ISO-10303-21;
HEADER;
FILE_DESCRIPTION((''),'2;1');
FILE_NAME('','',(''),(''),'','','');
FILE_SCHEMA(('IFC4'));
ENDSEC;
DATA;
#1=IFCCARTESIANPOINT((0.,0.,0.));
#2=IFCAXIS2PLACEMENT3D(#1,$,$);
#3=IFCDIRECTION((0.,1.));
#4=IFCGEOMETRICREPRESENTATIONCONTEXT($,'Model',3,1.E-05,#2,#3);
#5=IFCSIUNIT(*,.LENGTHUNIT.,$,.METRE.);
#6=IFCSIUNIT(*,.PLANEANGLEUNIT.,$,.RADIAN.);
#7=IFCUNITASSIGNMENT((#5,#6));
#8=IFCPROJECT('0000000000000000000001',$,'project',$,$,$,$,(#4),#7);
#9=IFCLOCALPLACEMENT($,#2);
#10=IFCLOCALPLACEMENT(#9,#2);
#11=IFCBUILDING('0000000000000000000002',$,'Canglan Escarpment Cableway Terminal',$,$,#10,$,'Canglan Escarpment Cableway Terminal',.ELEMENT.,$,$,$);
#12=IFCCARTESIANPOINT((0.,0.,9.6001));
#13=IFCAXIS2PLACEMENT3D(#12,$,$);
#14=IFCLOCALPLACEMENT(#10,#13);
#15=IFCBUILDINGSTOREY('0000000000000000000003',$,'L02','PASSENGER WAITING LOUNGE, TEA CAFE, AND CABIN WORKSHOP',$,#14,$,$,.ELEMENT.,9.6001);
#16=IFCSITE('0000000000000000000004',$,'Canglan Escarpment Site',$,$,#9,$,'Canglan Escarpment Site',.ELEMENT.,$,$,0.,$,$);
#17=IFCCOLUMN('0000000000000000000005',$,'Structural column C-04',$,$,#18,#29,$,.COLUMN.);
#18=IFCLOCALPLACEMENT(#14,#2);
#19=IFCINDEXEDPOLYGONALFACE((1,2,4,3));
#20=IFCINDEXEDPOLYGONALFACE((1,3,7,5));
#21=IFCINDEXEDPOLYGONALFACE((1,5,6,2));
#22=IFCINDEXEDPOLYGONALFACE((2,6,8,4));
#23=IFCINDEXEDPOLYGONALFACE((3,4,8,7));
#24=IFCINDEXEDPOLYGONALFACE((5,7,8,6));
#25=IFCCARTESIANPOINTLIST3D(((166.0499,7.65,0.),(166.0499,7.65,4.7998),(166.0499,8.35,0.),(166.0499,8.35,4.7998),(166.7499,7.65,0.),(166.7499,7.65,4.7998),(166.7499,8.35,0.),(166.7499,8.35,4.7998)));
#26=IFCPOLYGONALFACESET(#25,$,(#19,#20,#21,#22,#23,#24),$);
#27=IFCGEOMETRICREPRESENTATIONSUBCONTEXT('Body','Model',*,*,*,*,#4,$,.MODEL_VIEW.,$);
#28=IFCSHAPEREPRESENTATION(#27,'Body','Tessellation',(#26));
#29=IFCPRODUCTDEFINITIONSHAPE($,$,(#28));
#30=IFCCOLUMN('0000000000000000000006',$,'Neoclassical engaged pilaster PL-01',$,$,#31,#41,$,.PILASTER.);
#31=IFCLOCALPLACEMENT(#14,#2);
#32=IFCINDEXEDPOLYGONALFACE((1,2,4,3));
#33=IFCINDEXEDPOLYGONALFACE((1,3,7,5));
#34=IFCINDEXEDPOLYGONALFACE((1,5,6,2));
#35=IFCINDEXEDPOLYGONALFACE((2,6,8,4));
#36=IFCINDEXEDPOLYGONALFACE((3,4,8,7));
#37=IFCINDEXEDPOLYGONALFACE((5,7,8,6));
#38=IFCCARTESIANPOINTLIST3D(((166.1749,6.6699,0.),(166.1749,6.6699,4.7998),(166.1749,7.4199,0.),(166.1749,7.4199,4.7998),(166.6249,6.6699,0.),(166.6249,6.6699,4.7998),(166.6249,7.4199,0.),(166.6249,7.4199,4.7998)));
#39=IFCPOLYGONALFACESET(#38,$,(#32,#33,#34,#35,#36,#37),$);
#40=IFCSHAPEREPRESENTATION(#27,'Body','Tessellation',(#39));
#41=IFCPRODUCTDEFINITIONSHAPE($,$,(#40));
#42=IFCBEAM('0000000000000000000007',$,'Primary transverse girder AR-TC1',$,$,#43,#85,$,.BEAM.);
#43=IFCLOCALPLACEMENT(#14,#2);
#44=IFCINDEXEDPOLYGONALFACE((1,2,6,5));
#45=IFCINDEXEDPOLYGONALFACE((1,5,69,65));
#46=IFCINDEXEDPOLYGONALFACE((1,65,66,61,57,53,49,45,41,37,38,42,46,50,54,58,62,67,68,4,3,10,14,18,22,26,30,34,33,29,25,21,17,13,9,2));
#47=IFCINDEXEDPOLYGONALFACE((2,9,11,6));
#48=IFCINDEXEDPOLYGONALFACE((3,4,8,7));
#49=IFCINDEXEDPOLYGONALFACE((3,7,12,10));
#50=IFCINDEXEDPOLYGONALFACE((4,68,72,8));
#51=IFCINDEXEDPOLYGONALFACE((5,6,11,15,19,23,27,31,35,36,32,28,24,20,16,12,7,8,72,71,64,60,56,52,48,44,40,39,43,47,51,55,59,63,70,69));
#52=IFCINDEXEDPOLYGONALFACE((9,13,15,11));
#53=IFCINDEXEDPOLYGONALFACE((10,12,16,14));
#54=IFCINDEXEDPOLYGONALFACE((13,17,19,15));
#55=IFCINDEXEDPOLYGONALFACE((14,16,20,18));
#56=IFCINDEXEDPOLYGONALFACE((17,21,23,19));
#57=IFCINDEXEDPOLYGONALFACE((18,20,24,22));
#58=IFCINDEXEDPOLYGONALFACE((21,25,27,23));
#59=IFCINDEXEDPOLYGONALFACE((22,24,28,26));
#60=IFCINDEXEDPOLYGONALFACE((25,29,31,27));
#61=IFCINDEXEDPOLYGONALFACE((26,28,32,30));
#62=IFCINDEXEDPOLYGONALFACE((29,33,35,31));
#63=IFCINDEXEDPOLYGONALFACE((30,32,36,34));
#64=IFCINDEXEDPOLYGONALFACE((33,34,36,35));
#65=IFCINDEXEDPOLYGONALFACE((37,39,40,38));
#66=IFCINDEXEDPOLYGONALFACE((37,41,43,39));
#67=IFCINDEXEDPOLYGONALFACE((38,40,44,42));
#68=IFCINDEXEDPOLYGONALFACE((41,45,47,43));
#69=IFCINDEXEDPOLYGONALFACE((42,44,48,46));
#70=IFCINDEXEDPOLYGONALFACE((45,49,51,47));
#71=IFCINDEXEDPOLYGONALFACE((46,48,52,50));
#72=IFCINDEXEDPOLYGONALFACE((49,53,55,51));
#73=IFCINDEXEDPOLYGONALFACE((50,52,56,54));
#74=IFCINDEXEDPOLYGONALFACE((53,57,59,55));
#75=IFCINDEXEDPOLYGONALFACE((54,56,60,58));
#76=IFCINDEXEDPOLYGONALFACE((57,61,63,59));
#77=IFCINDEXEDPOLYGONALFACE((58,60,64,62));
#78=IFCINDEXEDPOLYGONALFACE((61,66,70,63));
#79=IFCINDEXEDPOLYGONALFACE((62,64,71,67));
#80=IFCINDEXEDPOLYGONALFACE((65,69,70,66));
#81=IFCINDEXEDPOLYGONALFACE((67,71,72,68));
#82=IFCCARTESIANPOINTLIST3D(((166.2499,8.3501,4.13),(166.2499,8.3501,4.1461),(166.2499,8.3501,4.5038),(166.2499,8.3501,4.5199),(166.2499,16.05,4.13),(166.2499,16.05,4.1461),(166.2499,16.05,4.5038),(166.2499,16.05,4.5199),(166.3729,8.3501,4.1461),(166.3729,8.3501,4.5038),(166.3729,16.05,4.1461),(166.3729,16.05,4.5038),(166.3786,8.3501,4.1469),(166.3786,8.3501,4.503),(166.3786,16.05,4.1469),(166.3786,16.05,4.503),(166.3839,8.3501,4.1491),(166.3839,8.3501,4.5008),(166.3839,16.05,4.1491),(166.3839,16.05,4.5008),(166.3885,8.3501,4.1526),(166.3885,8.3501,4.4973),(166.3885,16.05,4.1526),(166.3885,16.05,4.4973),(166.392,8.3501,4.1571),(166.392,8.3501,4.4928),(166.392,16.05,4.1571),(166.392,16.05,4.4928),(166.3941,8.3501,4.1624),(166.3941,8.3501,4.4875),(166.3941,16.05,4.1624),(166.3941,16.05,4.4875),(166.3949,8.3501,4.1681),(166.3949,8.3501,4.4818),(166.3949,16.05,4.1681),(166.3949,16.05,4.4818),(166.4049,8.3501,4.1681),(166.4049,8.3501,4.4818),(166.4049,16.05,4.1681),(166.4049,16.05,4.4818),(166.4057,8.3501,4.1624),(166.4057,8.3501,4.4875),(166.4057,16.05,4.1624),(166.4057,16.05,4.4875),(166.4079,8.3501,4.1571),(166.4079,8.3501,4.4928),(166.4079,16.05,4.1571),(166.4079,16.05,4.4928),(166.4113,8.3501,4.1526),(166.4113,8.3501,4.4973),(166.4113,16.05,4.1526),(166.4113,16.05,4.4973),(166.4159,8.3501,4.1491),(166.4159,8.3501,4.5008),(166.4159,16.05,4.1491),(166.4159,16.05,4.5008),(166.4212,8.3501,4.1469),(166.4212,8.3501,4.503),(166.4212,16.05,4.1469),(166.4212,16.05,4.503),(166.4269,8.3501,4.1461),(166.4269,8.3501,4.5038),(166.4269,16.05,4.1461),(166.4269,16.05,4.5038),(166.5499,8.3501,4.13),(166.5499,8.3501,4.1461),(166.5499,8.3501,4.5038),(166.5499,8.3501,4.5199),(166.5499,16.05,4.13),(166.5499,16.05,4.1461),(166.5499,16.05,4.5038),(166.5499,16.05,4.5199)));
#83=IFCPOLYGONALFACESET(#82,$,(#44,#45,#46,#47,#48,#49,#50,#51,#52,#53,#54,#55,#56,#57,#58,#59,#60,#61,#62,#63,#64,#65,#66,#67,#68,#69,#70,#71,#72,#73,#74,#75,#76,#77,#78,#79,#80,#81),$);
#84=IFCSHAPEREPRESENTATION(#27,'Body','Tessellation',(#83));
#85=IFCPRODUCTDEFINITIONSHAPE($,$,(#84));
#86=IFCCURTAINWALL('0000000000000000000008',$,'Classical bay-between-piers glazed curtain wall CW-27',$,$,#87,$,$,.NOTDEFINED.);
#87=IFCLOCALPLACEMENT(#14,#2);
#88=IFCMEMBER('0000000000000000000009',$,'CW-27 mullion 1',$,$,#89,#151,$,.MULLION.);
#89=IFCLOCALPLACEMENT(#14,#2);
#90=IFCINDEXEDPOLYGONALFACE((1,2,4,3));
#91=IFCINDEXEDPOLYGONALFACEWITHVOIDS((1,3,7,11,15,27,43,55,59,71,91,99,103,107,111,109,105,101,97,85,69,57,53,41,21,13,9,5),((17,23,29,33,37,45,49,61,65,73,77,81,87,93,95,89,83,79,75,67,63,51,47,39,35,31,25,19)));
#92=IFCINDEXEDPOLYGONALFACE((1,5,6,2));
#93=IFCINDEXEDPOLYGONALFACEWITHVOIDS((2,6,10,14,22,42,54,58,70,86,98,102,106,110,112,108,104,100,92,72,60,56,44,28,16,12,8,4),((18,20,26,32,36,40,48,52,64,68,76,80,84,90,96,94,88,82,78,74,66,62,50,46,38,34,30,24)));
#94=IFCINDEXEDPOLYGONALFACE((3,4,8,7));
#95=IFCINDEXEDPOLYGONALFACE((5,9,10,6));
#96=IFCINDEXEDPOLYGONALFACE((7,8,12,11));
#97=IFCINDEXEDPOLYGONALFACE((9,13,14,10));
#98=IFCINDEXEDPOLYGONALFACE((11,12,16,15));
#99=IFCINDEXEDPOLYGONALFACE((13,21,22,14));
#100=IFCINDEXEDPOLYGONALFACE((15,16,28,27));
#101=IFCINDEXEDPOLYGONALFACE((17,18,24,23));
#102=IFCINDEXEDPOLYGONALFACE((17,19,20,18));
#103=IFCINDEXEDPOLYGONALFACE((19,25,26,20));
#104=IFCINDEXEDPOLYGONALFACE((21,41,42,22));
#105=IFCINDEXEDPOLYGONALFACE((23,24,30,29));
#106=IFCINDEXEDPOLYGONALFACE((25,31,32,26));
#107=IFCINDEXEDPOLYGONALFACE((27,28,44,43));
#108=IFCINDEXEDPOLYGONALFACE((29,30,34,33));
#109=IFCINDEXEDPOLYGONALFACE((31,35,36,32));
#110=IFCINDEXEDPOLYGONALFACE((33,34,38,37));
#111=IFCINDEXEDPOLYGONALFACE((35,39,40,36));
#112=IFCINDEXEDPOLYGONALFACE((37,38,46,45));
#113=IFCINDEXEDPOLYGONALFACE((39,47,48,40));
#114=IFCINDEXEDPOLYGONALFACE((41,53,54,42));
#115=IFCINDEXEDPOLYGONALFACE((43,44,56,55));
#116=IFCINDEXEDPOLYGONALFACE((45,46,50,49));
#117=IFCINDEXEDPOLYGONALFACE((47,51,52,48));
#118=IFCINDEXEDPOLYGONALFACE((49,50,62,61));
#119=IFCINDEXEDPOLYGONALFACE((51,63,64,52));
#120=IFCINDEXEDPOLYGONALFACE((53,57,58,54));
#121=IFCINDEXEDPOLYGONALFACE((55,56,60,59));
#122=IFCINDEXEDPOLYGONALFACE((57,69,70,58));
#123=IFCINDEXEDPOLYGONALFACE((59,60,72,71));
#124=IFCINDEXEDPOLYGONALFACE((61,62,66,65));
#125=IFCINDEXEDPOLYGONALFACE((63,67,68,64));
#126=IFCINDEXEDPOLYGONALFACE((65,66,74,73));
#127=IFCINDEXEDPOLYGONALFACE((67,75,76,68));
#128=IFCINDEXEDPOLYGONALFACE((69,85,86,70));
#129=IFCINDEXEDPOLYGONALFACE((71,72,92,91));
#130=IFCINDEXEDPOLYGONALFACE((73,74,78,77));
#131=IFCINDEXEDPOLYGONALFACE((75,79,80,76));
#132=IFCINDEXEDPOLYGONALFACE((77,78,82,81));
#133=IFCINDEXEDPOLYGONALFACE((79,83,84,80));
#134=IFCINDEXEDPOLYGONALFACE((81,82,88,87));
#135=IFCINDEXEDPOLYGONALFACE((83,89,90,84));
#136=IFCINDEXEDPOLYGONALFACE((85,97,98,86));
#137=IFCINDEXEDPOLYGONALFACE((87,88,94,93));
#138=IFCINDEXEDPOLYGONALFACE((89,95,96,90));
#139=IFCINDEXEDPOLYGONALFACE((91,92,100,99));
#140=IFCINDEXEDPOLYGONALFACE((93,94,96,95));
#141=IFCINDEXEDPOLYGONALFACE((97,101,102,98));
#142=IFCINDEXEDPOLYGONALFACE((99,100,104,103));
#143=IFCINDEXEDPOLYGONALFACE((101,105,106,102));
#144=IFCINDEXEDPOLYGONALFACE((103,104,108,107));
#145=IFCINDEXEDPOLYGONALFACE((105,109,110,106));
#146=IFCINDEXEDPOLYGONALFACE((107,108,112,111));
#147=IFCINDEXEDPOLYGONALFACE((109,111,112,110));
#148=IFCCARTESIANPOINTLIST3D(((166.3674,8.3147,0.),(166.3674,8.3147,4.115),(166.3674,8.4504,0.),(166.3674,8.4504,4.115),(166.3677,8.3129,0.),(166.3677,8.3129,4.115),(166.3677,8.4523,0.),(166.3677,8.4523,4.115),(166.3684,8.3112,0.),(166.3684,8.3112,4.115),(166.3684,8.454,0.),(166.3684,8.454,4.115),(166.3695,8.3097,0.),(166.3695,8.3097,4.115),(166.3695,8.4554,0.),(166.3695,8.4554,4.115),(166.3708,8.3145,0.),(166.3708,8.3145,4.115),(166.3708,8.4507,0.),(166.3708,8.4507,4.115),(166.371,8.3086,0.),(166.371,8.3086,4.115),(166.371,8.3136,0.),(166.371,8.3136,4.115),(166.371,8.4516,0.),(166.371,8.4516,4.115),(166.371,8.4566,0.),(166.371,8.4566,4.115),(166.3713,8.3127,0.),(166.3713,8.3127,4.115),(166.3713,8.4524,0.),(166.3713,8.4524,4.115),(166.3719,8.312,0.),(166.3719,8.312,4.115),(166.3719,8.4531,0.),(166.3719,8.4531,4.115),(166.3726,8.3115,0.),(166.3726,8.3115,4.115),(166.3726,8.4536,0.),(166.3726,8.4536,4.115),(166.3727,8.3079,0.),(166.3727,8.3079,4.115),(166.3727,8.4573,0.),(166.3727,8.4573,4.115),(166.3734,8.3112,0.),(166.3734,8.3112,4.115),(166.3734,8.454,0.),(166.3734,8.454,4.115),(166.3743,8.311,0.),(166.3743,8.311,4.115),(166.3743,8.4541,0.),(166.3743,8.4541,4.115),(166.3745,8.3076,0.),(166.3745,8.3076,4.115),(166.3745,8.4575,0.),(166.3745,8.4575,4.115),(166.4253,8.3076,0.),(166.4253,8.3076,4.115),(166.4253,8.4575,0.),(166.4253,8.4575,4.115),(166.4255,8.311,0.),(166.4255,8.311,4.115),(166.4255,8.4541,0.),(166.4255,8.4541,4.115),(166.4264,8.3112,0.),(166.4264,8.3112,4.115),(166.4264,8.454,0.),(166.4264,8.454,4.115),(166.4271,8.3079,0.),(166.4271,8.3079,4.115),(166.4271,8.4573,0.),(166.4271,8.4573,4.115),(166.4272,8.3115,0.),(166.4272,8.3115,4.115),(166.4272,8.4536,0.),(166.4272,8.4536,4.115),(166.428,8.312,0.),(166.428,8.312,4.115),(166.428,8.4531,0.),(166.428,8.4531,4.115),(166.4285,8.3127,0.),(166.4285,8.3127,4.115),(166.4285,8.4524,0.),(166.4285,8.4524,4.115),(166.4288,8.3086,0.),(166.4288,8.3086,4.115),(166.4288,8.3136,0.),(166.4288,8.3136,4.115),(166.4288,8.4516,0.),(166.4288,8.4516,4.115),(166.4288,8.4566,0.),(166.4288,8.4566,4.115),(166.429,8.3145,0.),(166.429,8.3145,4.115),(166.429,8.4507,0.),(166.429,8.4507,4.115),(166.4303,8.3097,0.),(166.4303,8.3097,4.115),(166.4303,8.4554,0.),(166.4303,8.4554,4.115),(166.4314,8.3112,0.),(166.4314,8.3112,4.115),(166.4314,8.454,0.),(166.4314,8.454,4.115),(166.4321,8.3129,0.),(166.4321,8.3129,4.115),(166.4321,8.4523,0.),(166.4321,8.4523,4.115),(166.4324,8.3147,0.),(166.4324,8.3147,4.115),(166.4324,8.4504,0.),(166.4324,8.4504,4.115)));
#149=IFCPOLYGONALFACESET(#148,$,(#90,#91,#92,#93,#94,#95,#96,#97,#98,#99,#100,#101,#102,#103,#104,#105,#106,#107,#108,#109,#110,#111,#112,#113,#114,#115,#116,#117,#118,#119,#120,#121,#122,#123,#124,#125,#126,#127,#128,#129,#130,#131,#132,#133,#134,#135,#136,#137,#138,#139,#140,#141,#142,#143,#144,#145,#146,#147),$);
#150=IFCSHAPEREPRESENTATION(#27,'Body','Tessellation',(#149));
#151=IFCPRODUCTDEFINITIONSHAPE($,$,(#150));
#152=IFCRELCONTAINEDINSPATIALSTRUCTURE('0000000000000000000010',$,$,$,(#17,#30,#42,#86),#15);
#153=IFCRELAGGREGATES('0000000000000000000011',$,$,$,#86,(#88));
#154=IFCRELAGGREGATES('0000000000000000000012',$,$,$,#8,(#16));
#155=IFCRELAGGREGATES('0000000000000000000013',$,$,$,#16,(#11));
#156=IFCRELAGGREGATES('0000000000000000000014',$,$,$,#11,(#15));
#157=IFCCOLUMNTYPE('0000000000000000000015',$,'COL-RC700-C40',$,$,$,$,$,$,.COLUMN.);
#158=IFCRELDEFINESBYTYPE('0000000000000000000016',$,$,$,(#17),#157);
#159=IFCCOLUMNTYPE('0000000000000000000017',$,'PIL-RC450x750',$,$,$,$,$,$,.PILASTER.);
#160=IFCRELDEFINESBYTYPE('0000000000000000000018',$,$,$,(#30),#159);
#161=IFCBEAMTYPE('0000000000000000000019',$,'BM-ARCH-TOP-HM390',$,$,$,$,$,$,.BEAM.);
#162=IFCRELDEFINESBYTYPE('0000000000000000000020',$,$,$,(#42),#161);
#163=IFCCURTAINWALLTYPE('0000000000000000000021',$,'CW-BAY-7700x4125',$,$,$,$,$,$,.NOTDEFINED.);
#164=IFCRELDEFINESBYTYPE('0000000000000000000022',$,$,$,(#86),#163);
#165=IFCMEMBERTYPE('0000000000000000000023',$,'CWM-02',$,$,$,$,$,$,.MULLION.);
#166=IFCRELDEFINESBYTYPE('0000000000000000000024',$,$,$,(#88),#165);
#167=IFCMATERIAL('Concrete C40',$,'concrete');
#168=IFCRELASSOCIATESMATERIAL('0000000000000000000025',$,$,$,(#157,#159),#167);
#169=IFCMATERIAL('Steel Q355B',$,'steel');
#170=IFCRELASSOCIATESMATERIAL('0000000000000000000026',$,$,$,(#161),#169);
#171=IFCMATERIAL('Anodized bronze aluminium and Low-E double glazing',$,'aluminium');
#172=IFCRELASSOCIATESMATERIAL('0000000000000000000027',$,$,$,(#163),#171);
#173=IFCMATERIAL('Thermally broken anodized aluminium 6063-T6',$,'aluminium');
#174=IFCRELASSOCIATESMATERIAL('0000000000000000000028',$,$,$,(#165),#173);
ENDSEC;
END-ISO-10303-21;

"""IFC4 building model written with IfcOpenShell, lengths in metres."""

from ifc_helpers import new_model, si_unit, direction, frame, origin, origin_2d, place, context, subcontext, project, spatial, rectangle, hollow_rectangle, i_section, extrude, material, material_profile, profile_set, type_object, element, aggregate, save


model = new_model("IFC4")

# Units and contexts
model_context = context("Model", 3, precision=1e-05, world=origin(), true_north=direction((0.0, 1.0)))
body_context = subcontext(model_context, "Body", "Model", "MODEL_VIEW")
ifc_project = project(units=[si_unit("LENGTHUNIT", "METRE"), si_unit("PLANEANGLEUNIT", "RADIAN")], contexts=[model_context])

# Site, building, storey
site_placement = place(None, origin())
site = spatial("IfcSite", under=ifc_project, at=site_placement, Name="Canglan Escarpment Site", LongName="Canglan Escarpment Site", CompositionType="ELEMENT", RefElevation=0.0)
building_placement = place(site_placement, origin())
building = spatial("IfcBuilding", under=site, at=building_placement, Name="Canglan Escarpment Cableway Terminal", LongName="Canglan Escarpment Cableway Terminal", CompositionType="ELEMENT")
storey_placement = place(building_placement, frame((0.0, 0.0, 9.6001)))
storey = spatial("IfcBuildingStorey", under=building, at=storey_placement, Name="L02", Description="PASSENGER WAITING LOUNGE, TEA CAFE, AND CABIN WORKSHOP", CompositionType="ELEMENT", Elevation=9.6001)

# Columns
ifc_material_1 = material(Name="Concrete C40", Category="concrete")
ifc_material_profile_1 = material_profile(ifc_material_1, rectangle(XDim=0.7, YDim=0.7, at=origin_2d()), Name="RC 700x700")
ifc_profile_set_1 = profile_set([ifc_material_profile_1], Name="Concrete C40")
column_type_1 = type_object("IfcColumnType", Name="COL-RC700-C40", PredefinedType="COLUMN", material=ifc_profile_set_1)
column_1_placement = place(storey_placement, frame((166.3999, 8.0, 0.0), z_axis=(0.0, 0.0, 1.0), x_axis=(1.0, 0.0, 0.0)))
element("IfcColumn", 1, at=column_1_placement, inside=storey, type_object=column_type_1, Name="Structural column C-04", PredefinedType="COLUMN", context=body_context, shape_type="SweptSolid", body=[
    extrude(rectangle(XDim=0.7, YDim=0.7, at=origin_2d()), origin(), (0.0, 0.0, 1.0), 4.7998),
])
ifc_material_profile_2 = material_profile(ifc_material_1, rectangle(XDim=0.45, YDim=0.75, at=origin_2d()), Name="RC-PIL 450x750")
ifc_profile_set_2 = profile_set([ifc_material_profile_2], Name="Concrete C40")
column_type_2 = type_object("IfcColumnType", Name="PIL-RC450x750", PredefinedType="PILASTER", material=ifc_profile_set_2)
column_2_placement = place(storey_placement, frame((166.3999, 7.0449, 0.0), z_axis=(0.0, 0.0, 1.0), x_axis=(1.0, 0.0, 0.0)))
element("IfcColumn", 2, at=column_2_placement, inside=storey, type_object=column_type_2, Name="Neoclassical engaged pilaster PL-01", PredefinedType="PILASTER", context=body_context, shape_type="SweptSolid", body=[
    extrude(rectangle(XDim=0.45, YDim=0.75, at=origin_2d()), origin(), (0.0, 0.0, 1.0), 4.7998),
])

# Beam
ifc_material_2 = material(Name="Steel Q355B", Category="steel")
ifc_material_profile_3 = material_profile(ifc_material_2, i_section(OverallWidth=0.3, OverallDepth=0.3899, WebThickness=0.01, FlangeThickness=0.0161, FilletRadius=0.022, at=origin_2d()), Name="HM 390x300x10x16")
ifc_profile_set_3 = profile_set([ifc_material_profile_3], Name="Steel Q355B")
beam_type = type_object("IfcBeamType", Name="BM-ARCH-TOP-HM390", PredefinedType="BEAM", material=ifc_profile_set_3)
beam_placement = place(storey_placement, frame((166.3999, 8.3501, 4.325), z_axis=(0.0, 1.0, 0.0), x_axis=(-1.0, 0.0, 0.0)))
element("IfcBeam", 3, at=beam_placement, inside=storey, type_object=beam_type, Name="Primary transverse girder AR-TC1", PredefinedType="BEAM", context=body_context, shape_type="SweptSolid", body=[
    extrude(i_section(OverallWidth=0.3, OverallDepth=0.3899, WebThickness=0.01, FlangeThickness=0.0161, FilletRadius=0.022, at=origin_2d()), origin(), (0.0, 0.0, 1.0), 7.7),
])

# Curtain wall, member
ifc_material_3 = material(Name="Anodized bronze aluminium and Low-E double glazing", Category="aluminium")
curtain_wall_type_1 = type_object("IfcCurtainWallType", Name="CW-BAY-7700x4125", PredefinedType="NOTDEFINED", material=ifc_material_3)
curtain_wall_1_placement = place(storey_placement, origin())
curtain_wall_1 = element("IfcCurtainWall", 4, at=curtain_wall_1_placement, inside=storey, type_object=curtain_wall_type_1, Name="Classical bay-between-piers glazed curtain wall CW-27", PredefinedType="NOTDEFINED")
ifc_material_4 = material(Name="Thermally broken anodized aluminium 6063-T6", Category="aluminium")
ifc_material_profile_4 = material_profile(ifc_material_4, hollow_rectangle(XDim=0.0649, YDim=0.1499, WallThickness=0.0034, InnerFilletRadius=0.0034, OuterFilletRadius=0.0071, at=origin_2d()), Name="ALU-MULL 65x150x3.5")
ifc_profile_set_4 = profile_set([ifc_material_profile_4], Name="Thermally broken anodized aluminium 6063-T6")
member_type_1 = type_object("IfcMemberType", Name="CWM-02", PredefinedType="MULLION", material=ifc_profile_set_4)
member_1_placement = place(storey_placement, frame((166.3999, 8.3826, 0.0), z_axis=(0.0, 0.0, 1.0), x_axis=(-1.0, 0.0, 0.0)))
member_1 = element("IfcMember", 5, at=member_1_placement, type_object=member_type_1, Name="CW-27 mullion 1", PredefinedType="MULLION", context=body_context, shape_type="SweptSolid", body=[
    extrude(hollow_rectangle(XDim=0.0649, YDim=0.1499, WallThickness=0.0034, InnerFilletRadius=0.0034, OuterFilletRadius=0.0071, at=origin_2d()), origin(), (0.0, 0.0, 1.0), 4.115),
])

aggregate(curtain_wall_1, [member_1])

save(model, "model.ifc")
